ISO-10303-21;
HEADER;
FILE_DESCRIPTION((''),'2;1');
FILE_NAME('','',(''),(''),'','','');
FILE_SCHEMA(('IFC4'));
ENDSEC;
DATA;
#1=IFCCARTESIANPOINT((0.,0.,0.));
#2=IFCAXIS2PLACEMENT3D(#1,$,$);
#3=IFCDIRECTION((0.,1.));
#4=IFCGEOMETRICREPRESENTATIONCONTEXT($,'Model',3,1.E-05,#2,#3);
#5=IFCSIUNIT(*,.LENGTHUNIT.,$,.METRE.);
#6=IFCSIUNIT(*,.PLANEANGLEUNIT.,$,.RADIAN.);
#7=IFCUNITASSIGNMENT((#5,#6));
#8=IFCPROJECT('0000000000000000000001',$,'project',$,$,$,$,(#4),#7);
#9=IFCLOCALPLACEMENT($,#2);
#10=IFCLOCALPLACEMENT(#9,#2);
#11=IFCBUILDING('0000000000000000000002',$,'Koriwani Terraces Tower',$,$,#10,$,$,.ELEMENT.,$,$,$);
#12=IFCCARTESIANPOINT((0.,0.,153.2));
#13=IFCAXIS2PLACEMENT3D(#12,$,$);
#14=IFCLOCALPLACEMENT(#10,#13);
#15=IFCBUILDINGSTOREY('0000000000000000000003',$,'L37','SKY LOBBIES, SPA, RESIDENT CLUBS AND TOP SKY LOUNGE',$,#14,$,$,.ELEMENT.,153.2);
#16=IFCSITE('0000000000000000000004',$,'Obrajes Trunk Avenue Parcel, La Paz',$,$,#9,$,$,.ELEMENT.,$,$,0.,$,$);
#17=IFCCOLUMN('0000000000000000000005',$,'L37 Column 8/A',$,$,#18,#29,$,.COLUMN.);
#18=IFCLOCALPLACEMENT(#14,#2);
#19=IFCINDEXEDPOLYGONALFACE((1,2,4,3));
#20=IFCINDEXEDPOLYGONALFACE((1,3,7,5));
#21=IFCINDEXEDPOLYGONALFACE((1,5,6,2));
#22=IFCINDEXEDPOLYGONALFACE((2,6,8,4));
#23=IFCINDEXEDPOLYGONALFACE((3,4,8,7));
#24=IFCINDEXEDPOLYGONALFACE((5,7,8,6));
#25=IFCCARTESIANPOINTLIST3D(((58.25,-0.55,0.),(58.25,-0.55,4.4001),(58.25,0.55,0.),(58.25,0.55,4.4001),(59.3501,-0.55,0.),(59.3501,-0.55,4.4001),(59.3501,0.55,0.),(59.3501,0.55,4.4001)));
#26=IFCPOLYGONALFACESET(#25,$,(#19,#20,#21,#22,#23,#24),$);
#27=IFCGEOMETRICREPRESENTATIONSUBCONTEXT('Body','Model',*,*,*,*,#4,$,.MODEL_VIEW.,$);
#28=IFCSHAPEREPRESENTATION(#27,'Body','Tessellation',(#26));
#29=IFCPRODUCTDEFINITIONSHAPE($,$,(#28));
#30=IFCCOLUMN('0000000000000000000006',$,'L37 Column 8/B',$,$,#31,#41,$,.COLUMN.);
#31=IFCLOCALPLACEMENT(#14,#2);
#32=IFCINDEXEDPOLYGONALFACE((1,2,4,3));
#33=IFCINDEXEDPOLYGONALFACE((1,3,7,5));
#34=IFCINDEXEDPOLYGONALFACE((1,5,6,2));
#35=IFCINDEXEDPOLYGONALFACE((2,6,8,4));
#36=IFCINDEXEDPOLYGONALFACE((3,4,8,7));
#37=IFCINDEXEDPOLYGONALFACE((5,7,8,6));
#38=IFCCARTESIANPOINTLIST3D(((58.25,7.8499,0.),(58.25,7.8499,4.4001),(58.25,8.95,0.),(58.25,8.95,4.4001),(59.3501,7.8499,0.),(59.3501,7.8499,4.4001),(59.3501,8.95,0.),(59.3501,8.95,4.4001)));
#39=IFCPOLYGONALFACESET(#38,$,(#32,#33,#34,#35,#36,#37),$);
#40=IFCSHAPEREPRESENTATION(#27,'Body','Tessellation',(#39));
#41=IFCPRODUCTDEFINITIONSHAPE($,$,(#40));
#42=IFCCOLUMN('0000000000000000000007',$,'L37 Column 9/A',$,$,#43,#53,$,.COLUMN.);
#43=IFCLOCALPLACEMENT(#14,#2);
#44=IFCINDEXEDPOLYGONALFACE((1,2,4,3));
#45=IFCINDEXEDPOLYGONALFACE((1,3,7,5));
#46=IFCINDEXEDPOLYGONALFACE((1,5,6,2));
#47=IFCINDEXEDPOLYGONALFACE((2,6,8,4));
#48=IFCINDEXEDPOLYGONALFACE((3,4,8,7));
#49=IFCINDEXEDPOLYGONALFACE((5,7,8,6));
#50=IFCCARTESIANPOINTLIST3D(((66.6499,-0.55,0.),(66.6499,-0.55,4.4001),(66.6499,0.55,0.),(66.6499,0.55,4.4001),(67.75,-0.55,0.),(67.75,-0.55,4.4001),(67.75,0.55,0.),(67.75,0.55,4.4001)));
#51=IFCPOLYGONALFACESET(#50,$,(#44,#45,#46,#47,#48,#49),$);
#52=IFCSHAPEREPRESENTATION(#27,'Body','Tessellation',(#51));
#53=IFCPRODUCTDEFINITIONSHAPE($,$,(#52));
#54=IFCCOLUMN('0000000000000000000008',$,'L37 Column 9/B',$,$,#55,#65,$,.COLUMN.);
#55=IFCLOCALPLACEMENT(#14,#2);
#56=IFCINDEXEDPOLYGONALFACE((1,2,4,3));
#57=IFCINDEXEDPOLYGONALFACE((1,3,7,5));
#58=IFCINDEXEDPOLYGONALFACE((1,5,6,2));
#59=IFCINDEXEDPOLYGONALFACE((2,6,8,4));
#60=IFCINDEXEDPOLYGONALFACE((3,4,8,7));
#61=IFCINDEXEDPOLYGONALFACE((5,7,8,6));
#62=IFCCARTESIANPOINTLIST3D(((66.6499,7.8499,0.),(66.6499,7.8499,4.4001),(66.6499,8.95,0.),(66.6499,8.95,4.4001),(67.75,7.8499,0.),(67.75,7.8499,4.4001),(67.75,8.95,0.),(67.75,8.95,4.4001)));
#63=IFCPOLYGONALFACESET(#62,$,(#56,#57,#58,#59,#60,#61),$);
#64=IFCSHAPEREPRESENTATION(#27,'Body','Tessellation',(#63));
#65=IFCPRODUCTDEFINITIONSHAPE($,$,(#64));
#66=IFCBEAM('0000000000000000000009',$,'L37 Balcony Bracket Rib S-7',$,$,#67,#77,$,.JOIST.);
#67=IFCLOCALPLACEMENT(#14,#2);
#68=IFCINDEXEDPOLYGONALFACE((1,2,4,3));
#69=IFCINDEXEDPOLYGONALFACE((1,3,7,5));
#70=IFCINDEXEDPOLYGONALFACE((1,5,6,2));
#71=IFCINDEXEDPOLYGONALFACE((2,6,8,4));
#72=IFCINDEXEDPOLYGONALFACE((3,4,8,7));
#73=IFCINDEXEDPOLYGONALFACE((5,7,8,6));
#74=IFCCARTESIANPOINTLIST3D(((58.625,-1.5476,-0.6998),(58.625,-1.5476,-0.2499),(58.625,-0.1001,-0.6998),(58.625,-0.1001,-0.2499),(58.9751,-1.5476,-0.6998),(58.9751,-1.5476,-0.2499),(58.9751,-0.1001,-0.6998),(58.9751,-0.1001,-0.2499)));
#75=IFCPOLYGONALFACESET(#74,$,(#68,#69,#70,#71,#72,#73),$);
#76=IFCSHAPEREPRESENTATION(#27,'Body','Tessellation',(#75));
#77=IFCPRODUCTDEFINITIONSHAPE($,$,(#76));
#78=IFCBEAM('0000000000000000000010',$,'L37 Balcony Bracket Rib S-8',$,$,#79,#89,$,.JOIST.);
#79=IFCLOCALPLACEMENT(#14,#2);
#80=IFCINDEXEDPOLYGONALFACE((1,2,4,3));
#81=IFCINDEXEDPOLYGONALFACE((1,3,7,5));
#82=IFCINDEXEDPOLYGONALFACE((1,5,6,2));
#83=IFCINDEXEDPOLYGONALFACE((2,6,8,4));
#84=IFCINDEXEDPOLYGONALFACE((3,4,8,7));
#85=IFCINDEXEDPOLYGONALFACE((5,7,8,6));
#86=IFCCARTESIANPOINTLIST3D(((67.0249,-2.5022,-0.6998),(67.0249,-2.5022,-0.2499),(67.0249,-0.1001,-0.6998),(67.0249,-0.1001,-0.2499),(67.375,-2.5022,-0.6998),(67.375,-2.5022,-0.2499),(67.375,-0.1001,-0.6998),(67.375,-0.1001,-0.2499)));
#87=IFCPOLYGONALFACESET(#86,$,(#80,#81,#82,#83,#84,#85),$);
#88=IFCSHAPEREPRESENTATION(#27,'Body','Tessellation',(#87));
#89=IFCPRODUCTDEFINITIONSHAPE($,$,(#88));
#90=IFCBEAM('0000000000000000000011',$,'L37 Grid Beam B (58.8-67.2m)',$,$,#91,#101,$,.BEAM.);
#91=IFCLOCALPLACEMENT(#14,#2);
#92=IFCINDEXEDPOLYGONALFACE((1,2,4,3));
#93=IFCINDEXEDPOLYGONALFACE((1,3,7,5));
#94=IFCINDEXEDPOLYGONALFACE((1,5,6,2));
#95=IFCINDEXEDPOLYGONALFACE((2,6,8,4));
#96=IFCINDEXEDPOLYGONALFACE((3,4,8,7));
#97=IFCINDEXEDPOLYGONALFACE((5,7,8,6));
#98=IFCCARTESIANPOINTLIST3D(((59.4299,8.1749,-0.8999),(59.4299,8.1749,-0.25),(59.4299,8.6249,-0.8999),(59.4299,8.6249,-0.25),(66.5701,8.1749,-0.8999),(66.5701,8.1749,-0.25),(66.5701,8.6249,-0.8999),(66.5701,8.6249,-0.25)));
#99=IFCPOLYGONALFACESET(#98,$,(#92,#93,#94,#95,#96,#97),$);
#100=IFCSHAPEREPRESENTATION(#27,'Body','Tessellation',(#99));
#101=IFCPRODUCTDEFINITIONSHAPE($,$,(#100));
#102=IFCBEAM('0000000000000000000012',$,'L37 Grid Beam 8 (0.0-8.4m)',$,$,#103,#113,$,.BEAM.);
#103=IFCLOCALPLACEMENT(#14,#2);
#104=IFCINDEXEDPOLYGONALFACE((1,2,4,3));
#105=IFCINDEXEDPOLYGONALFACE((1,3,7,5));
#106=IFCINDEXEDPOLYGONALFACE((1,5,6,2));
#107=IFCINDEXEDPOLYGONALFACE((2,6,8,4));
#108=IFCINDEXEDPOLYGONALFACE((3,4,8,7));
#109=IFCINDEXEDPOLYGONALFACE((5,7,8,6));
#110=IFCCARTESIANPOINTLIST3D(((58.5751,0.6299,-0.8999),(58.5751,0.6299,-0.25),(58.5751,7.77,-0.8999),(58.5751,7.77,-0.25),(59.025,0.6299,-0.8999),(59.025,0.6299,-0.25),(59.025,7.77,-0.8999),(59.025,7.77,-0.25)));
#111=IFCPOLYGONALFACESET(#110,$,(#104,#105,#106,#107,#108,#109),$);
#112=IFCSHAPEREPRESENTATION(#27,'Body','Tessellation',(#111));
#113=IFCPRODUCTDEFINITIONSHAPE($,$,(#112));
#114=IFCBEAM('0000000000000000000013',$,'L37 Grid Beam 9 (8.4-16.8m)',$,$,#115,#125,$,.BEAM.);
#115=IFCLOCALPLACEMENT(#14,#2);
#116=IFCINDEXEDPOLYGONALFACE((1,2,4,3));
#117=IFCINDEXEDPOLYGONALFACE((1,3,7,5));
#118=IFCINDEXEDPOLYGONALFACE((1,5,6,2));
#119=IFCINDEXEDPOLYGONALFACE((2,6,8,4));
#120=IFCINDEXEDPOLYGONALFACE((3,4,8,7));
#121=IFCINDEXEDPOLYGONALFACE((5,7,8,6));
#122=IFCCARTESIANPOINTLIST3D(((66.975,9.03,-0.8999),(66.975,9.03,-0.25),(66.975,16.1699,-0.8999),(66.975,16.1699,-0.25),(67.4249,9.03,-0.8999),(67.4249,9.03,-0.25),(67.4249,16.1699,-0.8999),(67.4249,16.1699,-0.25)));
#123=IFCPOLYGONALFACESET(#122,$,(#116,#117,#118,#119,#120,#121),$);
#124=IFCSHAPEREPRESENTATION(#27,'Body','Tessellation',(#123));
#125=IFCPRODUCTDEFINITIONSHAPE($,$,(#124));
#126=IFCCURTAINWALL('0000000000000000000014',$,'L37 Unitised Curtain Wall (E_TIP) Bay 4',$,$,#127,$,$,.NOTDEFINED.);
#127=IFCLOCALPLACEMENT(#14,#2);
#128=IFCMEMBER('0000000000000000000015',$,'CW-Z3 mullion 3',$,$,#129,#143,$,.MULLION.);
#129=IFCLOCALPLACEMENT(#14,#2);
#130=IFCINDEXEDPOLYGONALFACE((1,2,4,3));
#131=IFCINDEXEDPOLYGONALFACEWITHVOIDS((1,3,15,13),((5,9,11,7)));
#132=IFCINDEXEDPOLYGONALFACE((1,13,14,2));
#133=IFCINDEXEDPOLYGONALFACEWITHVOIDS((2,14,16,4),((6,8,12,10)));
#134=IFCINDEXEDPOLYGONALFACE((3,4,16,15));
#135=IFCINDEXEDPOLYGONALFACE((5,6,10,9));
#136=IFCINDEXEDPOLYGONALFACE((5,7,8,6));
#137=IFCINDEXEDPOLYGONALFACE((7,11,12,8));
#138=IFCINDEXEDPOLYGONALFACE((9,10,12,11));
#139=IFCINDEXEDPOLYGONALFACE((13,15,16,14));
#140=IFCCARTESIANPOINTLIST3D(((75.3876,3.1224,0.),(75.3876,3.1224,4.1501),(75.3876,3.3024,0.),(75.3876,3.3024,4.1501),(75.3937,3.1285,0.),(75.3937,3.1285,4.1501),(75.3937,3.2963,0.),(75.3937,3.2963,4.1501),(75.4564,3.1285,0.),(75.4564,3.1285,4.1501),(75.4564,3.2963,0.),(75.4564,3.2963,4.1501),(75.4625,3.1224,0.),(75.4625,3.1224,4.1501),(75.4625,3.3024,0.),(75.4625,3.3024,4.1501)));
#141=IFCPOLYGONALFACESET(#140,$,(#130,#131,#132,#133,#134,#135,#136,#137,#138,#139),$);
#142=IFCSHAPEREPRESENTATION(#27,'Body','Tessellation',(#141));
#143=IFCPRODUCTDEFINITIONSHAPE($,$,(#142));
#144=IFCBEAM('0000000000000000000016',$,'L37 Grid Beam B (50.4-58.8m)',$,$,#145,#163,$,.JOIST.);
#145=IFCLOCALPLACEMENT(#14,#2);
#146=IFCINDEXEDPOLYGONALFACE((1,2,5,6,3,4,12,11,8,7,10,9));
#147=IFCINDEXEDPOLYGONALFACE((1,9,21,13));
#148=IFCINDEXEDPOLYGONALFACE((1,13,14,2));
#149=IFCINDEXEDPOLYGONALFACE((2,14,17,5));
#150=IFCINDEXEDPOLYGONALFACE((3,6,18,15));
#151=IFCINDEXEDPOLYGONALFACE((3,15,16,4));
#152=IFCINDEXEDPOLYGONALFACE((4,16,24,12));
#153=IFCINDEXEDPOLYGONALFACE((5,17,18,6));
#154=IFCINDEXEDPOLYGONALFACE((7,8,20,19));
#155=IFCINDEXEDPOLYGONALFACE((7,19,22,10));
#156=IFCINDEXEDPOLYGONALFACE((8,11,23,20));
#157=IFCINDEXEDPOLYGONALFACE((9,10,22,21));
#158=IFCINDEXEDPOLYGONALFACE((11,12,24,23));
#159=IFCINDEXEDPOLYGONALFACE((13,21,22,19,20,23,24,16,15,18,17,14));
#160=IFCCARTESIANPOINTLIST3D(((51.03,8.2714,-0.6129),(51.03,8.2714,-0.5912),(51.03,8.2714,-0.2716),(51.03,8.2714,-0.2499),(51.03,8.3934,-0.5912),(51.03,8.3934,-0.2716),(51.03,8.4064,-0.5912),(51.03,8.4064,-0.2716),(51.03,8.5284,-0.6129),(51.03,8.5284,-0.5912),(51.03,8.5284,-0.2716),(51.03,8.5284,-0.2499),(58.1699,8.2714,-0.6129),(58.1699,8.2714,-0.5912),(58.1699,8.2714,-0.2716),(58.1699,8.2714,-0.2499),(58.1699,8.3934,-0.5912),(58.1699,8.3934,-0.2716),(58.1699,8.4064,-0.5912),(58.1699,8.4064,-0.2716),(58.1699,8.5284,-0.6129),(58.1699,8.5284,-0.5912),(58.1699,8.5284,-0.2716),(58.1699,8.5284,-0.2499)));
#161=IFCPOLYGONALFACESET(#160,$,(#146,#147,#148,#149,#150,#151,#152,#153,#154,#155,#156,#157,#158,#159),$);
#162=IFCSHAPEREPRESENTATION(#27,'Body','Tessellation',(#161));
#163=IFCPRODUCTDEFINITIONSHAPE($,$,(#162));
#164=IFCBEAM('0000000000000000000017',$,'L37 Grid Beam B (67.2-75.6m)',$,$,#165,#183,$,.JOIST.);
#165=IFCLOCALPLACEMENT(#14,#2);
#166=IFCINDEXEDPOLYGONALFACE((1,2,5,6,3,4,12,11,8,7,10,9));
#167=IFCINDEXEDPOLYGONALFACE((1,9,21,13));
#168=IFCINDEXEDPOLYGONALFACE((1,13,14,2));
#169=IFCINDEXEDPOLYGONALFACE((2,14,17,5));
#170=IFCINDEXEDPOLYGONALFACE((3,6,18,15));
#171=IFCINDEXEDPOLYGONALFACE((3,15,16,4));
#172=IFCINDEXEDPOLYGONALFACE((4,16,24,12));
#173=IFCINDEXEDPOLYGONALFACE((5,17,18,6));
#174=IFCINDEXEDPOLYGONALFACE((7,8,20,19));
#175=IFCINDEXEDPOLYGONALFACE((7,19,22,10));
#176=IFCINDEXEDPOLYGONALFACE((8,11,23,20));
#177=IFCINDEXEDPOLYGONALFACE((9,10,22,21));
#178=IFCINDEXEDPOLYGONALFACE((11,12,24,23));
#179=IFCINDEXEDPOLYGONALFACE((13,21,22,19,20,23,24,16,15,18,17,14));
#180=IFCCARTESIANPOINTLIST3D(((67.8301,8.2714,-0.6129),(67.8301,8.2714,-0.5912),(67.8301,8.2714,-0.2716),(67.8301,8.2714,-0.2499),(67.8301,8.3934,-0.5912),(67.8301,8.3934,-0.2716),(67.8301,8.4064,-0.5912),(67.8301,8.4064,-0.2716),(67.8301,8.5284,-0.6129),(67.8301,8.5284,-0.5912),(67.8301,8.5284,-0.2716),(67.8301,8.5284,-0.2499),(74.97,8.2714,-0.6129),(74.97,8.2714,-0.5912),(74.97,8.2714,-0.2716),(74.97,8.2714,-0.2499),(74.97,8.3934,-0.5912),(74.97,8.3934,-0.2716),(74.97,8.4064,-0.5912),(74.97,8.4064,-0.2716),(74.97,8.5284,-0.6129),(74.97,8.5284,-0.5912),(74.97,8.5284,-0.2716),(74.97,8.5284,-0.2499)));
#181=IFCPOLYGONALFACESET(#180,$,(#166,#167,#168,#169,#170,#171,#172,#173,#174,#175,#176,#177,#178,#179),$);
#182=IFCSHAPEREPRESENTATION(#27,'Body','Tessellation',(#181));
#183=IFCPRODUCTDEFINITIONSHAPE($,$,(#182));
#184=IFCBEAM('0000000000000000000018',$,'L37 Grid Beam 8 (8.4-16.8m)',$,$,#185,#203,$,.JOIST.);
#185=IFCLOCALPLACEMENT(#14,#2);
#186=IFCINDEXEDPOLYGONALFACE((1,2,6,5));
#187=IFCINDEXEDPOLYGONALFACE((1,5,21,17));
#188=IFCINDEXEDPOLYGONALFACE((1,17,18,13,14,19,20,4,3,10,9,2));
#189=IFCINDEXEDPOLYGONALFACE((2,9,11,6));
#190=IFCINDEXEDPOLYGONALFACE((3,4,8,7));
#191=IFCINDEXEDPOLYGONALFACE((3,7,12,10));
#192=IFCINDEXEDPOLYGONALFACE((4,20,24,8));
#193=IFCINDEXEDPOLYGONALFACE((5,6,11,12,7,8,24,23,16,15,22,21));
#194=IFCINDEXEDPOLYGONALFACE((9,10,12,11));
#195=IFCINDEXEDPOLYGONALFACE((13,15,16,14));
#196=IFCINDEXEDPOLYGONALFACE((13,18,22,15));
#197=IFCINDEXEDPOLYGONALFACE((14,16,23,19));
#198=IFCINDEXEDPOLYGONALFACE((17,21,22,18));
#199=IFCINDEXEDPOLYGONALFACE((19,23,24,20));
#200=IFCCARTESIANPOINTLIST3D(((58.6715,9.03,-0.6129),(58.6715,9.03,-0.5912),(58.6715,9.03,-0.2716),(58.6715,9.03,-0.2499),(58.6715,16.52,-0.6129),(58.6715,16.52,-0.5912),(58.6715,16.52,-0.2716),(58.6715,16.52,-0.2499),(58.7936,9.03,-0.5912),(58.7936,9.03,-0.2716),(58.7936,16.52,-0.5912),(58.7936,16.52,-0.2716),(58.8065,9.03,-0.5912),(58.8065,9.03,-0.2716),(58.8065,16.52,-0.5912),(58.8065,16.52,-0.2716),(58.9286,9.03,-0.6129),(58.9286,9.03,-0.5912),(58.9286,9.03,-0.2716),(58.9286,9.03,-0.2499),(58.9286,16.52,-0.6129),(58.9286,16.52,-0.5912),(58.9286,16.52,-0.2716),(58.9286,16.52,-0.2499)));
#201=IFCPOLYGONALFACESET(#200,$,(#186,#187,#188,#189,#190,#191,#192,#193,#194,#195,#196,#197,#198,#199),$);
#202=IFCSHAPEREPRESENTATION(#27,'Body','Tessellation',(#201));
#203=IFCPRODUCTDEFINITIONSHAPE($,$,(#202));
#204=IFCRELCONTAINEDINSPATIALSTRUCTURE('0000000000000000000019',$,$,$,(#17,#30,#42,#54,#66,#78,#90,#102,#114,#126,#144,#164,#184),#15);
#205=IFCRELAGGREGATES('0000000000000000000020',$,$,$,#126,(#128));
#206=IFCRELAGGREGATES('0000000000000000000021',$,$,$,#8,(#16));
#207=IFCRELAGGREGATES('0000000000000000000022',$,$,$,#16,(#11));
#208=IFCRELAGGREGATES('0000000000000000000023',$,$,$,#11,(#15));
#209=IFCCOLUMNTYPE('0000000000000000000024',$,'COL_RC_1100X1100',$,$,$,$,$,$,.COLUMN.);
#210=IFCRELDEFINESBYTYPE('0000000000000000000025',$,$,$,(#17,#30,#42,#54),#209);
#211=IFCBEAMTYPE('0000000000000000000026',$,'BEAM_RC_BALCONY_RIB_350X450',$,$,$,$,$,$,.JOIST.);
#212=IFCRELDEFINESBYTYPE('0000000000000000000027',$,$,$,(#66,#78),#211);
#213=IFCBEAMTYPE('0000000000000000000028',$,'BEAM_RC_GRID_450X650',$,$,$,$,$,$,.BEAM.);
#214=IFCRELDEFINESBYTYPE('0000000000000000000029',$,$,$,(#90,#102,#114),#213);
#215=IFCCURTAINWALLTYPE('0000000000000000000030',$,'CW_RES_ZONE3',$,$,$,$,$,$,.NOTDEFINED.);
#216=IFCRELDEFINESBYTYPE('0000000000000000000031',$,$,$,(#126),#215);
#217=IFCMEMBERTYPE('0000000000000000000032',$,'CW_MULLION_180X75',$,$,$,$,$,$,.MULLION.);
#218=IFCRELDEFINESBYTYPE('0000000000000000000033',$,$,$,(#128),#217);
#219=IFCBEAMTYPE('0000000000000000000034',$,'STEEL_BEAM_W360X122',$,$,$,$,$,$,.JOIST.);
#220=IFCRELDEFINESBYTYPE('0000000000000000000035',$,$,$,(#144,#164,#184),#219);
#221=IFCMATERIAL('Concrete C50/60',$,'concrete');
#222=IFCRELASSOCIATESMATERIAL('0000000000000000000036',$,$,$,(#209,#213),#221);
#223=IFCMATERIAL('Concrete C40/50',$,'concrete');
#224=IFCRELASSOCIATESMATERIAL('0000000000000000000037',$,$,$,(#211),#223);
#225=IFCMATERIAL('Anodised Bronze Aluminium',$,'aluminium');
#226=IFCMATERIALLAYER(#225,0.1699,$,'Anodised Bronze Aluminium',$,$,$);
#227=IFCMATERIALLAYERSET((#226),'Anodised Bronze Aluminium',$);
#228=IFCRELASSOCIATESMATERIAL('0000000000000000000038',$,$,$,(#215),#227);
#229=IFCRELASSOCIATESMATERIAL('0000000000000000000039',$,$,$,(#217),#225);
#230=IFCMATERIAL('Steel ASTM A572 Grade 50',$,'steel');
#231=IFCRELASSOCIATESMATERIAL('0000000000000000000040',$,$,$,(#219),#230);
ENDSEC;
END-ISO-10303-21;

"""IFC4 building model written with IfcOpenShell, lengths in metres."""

from ifc_helpers import new_model, si_unit, direction, frame, origin, origin_2d, place, context, subcontext, project, spatial, rectangle, hollow_rectangle, i_section, extrude, material, layer, layer_set, material_profile, profile_set, type_object, element, aggregate, save


model = new_model("IFC4")

# Units and contexts
model_context = context("Model", 3, precision=1e-05, world=origin(), true_north=direction((0.0, 1.0)))
body_context = subcontext(model_context, "Body", "Model", "MODEL_VIEW")
ifc_project = project(units=[si_unit("LENGTHUNIT", "METRE"), si_unit("PLANEANGLEUNIT", "RADIAN")], contexts=[model_context])

# Site, building, storey
site_placement = place(None, origin())
site = spatial("IfcSite", under=ifc_project, at=site_placement, Name="Obrajes Trunk Avenue Parcel, La Paz", CompositionType="ELEMENT", RefElevation=0.0)
building_placement = place(site_placement, origin())
building = spatial("IfcBuilding", under=site, at=building_placement, Name="Koriwani Terraces Tower", CompositionType="ELEMENT")
storey_placement = place(building_placement, frame((0.0, 0.0, 153.2)))
storey = spatial("IfcBuildingStorey", under=building, at=storey_placement, Name="L37", Description="SKY LOBBIES, SPA, RESIDENT CLUBS AND TOP SKY LOUNGE", CompositionType="ELEMENT", Elevation=153.2)

# Columns
ifc_material_1 = material(Name="Concrete C50/60", Category="concrete")
ifc_material_profile_1 = material_profile(ifc_material_1, rectangle(XDim=1.1001, YDim=1.1001, at=origin_2d()), Name="Concrete C50/60", Category="LoadBearing")
ifc_profile_set_1 = profile_set([ifc_material_profile_1], Name="Concrete C50/60")
column_type = type_object("IfcColumnType", Name="COL_RC_1100X1100", PredefinedType="COLUMN", material=ifc_profile_set_1)
for number, where, z_axis, x_axis, name in (
    (1, (58.8, 0.0, 0.0), (0.0, 0.0, 1.0), (1.0, 0.0, 0.0), "L37 Column 8/A"),
    (2, (58.8, 8.3999, 0.0), (0.0, 0.0, 1.0), (1.0, 0.0, 0.0), "L37 Column 8/B"),
    (3, (67.2, 0.0, 0.0), (0.0, 0.0, 1.0), (1.0, 0.0, 0.0), "L37 Column 9/A"),
    (4, (67.2, 8.3999, 0.0), (0.0, 0.0, 1.0), (1.0, 0.0, 0.0), "L37 Column 9/B"),
):
    element("IfcColumn", number, at=place(storey_placement, frame(where, z_axis=z_axis, x_axis=x_axis)), inside=storey, type_object=column_type, Name=name, PredefinedType="COLUMN", context=body_context, shape_type="SweptSolid", body=[
        extrude(rectangle(XDim=1.1001, YDim=1.1001, at=origin_2d()), origin(), (0.0, 0.0, 1.0), 4.4001),
    ])

# Beams
ifc_material_2 = material(Name="Concrete C40/50", Category="concrete")
ifc_material_profile_2 = material_profile(ifc_material_2, rectangle(XDim=0.3501, YDim=0.45, at=origin_2d()), Name="Concrete C40/50", Category="LoadBearing")
ifc_profile_set_2 = profile_set([ifc_material_profile_2], Name="Concrete C40/50")
beam_type_1 = type_object("IfcBeamType", Name="BEAM_RC_BALCONY_RIB_350X450", PredefinedType="JOIST", material=ifc_profile_set_2)
beam_1_placement = place(storey_placement, frame((58.8, -1.5476, -0.4749), z_axis=(0.0, 1.0, 0.0), x_axis=(-1.0, 0.0, 0.0)))
element("IfcBeam", 5, at=beam_1_placement, inside=storey, type_object=beam_type_1, Name="L37 Balcony Bracket Rib S-7", PredefinedType="JOIST", context=body_context, shape_type="SweptSolid", body=[
    extrude(rectangle(XDim=0.3501, YDim=0.45, at=origin_2d()), origin(), (0.0, 0.0, 1.0), 1.4475),
])
beam_2_placement = place(storey_placement, frame((67.2, -2.5022, -0.4749), z_axis=(0.0, 1.0, 0.0), x_axis=(-1.0, 0.0, 0.0)))
element("IfcBeam", 6, at=beam_2_placement, inside=storey, type_object=beam_type_1, Name="L37 Balcony Bracket Rib S-8", PredefinedType="JOIST", context=body_context, shape_type="SweptSolid", body=[
    extrude(rectangle(XDim=0.3501, YDim=0.45, at=origin_2d()), origin(), (0.0, 0.0, 1.0), 2.4021),
])
ifc_material_profile_3 = material_profile(ifc_material_1, rectangle(XDim=0.45, YDim=0.6499, at=origin_2d()), Name="Concrete C50/60", Category="LoadBearing")
ifc_profile_set_3 = profile_set([ifc_material_profile_3], Name="Concrete C50/60")
beam_type_2 = type_object("IfcBeamType", Name="BEAM_RC_GRID_450X650", PredefinedType="BEAM", material=ifc_profile_set_3)
for number, where, z_axis, x_axis, name in (
    (7, (59.4299, 8.3999, -0.575), (1.0, 0.0, 0.0), (0.0, 1.0, 0.0), "L37 Grid Beam B (58.8-67.2m)"),
    (8, (58.8, 0.6299, -0.575), (0.0, 1.0, 0.0), (-1.0, 0.0, 0.0), "L37 Grid Beam 8 (0.0-8.4m)"),
):
    element("IfcBeam", number, at=place(storey_placement, frame(where, z_axis=z_axis, x_axis=x_axis)), inside=storey, type_object=beam_type_2, Name=name, PredefinedType="BEAM", context=body_context, shape_type="SweptSolid", body=[
        extrude(rectangle(XDim=0.45, YDim=0.6499, at=origin_2d()), origin(), (0.0, 0.0, 1.0), 7.1401),
    ])
beam_3_placement = place(storey_placement, frame((67.2, 9.03, -0.575), z_axis=(0.0, 1.0, 0.0), x_axis=(-1.0, 0.0, 0.0)))
element("IfcBeam", 9, at=beam_3_placement, inside=storey, type_object=beam_type_2, Name="L37 Grid Beam 9 (8.4-16.8m)", PredefinedType="BEAM", context=body_context, shape_type="SweptSolid", body=[
    extrude(rectangle(XDim=0.45, YDim=0.6499, at=origin_2d()), origin(), (0.0, 0.0, 1.0), 7.1399),
])

# Curtain wall, member
ifc_material_3 = material(Name="Anodised Bronze Aluminium", Category="aluminium")
ifc_layer_1 = layer(ifc_material_3, 0.1699, Name="Anodised Bronze Aluminium")
ifc_layer_set_1 = layer_set([ifc_layer_1], Name="Anodised Bronze Aluminium")
curtain_wall_type = type_object("IfcCurtainWallType", Name="CW_RES_ZONE3", PredefinedType="NOTDEFINED", material=ifc_layer_set_1)
curtain_wall_placement = place(storey_placement, origin())
curtain_wall = element("IfcCurtainWall", 10, at=curtain_wall_placement, inside=storey, type_object=curtain_wall_type, Name="L37 Unitised Curtain Wall (E_TIP) Bay 4", PredefinedType="NOTDEFINED")
ifc_material_profile_4 = material_profile(ifc_material_3, hollow_rectangle(XDim=0.075, YDim=0.1799, WallThickness=0.0061, at=origin_2d()), Name="Anodised Bronze Aluminium", Category="LoadBearing")
ifc_profile_set_4 = profile_set([ifc_material_profile_4], Name="Anodised Bronze Aluminium")
member_type = type_object("IfcMemberType", Name="CW_MULLION_180X75", PredefinedType="MULLION", material=ifc_profile_set_4)
member_placement = place(storey_placement, frame((75.425, 3.2124, 0.0), z_axis=(0.0, 0.0, 1.0), x_axis=(1.0, 0.0, 0.0)))
member = element("IfcMember", 11, at=member_placement, type_object=member_type, Name="CW-Z3 mullion 3", PredefinedType="MULLION", context=body_context, shape_type="SweptSolid", body=[
    extrude(hollow_rectangle(XDim=0.075, YDim=0.1799, WallThickness=0.0061, at=origin_2d()), origin(), (0.0, 0.0, 1.0), 4.1501),
])
aggregate(curtain_wall, [member])

# Beams
ifc_material_4 = material(Name="Steel ASTM A572 Grade 50", Category="steel")
ifc_material_profile_5 = material_profile(ifc_material_4, i_section(OverallWidth=0.2571, OverallDepth=0.363, WebThickness=0.0129, FlangeThickness=0.0217, at=origin_2d()), Name="Steel ASTM A572 Grade 50", Category="LoadBearing")
ifc_profile_set_5 = profile_set([ifc_material_profile_5], Name="Steel ASTM A572 Grade 50")
beam_type_3 = type_object("IfcBeamType", Name="STEEL_BEAM_W360X122", PredefinedType="JOIST", material=ifc_profile_set_5)
for number, where, z_axis, x_axis, name in (
    (12, (51.03, 8.3999, -0.4314), (1.0, 0.0, 0.0), (0.0, 1.0, 0.0), "L37 Grid Beam B (50.4-58.8m)"),
    (13, (67.8301, 8.3999, -0.4314), (1.0, 0.0, 0.0), (0.0, 1.0, 0.0), "L37 Grid Beam B (67.2-75.6m)"),
):
    element("IfcBeam", number, at=place(storey_placement, frame(where, z_axis=z_axis, x_axis=x_axis)), inside=storey, type_object=beam_type_3, Name=name, PredefinedType="JOIST", context=body_context, shape_type="SweptSolid", body=[
        extrude(i_section(OverallWidth=0.2571, OverallDepth=0.363, WebThickness=0.0129, FlangeThickness=0.0217, at=origin_2d()), origin(), (0.0, 0.0, 1.0), 7.1399),
    ])
beam_4_placement = place(storey_placement, frame((58.8, 9.03, -0.4314), z_axis=(0.0, 1.0, 0.0), x_axis=(-1.0, 0.0, 0.0)))
element("IfcBeam", 14, at=beam_4_placement, inside=storey, type_object=beam_type_3, Name="L37 Grid Beam 8 (8.4-16.8m)", PredefinedType="JOIST", context=body_context, shape_type="SweptSolid", body=[
    extrude(i_section(OverallWidth=0.2571, OverallDepth=0.363, WebThickness=0.0129, FlangeThickness=0.0217, at=origin_2d()), origin(), (0.0, 0.0, 1.0), 7.49),
])

save(model, "model.ifc")
